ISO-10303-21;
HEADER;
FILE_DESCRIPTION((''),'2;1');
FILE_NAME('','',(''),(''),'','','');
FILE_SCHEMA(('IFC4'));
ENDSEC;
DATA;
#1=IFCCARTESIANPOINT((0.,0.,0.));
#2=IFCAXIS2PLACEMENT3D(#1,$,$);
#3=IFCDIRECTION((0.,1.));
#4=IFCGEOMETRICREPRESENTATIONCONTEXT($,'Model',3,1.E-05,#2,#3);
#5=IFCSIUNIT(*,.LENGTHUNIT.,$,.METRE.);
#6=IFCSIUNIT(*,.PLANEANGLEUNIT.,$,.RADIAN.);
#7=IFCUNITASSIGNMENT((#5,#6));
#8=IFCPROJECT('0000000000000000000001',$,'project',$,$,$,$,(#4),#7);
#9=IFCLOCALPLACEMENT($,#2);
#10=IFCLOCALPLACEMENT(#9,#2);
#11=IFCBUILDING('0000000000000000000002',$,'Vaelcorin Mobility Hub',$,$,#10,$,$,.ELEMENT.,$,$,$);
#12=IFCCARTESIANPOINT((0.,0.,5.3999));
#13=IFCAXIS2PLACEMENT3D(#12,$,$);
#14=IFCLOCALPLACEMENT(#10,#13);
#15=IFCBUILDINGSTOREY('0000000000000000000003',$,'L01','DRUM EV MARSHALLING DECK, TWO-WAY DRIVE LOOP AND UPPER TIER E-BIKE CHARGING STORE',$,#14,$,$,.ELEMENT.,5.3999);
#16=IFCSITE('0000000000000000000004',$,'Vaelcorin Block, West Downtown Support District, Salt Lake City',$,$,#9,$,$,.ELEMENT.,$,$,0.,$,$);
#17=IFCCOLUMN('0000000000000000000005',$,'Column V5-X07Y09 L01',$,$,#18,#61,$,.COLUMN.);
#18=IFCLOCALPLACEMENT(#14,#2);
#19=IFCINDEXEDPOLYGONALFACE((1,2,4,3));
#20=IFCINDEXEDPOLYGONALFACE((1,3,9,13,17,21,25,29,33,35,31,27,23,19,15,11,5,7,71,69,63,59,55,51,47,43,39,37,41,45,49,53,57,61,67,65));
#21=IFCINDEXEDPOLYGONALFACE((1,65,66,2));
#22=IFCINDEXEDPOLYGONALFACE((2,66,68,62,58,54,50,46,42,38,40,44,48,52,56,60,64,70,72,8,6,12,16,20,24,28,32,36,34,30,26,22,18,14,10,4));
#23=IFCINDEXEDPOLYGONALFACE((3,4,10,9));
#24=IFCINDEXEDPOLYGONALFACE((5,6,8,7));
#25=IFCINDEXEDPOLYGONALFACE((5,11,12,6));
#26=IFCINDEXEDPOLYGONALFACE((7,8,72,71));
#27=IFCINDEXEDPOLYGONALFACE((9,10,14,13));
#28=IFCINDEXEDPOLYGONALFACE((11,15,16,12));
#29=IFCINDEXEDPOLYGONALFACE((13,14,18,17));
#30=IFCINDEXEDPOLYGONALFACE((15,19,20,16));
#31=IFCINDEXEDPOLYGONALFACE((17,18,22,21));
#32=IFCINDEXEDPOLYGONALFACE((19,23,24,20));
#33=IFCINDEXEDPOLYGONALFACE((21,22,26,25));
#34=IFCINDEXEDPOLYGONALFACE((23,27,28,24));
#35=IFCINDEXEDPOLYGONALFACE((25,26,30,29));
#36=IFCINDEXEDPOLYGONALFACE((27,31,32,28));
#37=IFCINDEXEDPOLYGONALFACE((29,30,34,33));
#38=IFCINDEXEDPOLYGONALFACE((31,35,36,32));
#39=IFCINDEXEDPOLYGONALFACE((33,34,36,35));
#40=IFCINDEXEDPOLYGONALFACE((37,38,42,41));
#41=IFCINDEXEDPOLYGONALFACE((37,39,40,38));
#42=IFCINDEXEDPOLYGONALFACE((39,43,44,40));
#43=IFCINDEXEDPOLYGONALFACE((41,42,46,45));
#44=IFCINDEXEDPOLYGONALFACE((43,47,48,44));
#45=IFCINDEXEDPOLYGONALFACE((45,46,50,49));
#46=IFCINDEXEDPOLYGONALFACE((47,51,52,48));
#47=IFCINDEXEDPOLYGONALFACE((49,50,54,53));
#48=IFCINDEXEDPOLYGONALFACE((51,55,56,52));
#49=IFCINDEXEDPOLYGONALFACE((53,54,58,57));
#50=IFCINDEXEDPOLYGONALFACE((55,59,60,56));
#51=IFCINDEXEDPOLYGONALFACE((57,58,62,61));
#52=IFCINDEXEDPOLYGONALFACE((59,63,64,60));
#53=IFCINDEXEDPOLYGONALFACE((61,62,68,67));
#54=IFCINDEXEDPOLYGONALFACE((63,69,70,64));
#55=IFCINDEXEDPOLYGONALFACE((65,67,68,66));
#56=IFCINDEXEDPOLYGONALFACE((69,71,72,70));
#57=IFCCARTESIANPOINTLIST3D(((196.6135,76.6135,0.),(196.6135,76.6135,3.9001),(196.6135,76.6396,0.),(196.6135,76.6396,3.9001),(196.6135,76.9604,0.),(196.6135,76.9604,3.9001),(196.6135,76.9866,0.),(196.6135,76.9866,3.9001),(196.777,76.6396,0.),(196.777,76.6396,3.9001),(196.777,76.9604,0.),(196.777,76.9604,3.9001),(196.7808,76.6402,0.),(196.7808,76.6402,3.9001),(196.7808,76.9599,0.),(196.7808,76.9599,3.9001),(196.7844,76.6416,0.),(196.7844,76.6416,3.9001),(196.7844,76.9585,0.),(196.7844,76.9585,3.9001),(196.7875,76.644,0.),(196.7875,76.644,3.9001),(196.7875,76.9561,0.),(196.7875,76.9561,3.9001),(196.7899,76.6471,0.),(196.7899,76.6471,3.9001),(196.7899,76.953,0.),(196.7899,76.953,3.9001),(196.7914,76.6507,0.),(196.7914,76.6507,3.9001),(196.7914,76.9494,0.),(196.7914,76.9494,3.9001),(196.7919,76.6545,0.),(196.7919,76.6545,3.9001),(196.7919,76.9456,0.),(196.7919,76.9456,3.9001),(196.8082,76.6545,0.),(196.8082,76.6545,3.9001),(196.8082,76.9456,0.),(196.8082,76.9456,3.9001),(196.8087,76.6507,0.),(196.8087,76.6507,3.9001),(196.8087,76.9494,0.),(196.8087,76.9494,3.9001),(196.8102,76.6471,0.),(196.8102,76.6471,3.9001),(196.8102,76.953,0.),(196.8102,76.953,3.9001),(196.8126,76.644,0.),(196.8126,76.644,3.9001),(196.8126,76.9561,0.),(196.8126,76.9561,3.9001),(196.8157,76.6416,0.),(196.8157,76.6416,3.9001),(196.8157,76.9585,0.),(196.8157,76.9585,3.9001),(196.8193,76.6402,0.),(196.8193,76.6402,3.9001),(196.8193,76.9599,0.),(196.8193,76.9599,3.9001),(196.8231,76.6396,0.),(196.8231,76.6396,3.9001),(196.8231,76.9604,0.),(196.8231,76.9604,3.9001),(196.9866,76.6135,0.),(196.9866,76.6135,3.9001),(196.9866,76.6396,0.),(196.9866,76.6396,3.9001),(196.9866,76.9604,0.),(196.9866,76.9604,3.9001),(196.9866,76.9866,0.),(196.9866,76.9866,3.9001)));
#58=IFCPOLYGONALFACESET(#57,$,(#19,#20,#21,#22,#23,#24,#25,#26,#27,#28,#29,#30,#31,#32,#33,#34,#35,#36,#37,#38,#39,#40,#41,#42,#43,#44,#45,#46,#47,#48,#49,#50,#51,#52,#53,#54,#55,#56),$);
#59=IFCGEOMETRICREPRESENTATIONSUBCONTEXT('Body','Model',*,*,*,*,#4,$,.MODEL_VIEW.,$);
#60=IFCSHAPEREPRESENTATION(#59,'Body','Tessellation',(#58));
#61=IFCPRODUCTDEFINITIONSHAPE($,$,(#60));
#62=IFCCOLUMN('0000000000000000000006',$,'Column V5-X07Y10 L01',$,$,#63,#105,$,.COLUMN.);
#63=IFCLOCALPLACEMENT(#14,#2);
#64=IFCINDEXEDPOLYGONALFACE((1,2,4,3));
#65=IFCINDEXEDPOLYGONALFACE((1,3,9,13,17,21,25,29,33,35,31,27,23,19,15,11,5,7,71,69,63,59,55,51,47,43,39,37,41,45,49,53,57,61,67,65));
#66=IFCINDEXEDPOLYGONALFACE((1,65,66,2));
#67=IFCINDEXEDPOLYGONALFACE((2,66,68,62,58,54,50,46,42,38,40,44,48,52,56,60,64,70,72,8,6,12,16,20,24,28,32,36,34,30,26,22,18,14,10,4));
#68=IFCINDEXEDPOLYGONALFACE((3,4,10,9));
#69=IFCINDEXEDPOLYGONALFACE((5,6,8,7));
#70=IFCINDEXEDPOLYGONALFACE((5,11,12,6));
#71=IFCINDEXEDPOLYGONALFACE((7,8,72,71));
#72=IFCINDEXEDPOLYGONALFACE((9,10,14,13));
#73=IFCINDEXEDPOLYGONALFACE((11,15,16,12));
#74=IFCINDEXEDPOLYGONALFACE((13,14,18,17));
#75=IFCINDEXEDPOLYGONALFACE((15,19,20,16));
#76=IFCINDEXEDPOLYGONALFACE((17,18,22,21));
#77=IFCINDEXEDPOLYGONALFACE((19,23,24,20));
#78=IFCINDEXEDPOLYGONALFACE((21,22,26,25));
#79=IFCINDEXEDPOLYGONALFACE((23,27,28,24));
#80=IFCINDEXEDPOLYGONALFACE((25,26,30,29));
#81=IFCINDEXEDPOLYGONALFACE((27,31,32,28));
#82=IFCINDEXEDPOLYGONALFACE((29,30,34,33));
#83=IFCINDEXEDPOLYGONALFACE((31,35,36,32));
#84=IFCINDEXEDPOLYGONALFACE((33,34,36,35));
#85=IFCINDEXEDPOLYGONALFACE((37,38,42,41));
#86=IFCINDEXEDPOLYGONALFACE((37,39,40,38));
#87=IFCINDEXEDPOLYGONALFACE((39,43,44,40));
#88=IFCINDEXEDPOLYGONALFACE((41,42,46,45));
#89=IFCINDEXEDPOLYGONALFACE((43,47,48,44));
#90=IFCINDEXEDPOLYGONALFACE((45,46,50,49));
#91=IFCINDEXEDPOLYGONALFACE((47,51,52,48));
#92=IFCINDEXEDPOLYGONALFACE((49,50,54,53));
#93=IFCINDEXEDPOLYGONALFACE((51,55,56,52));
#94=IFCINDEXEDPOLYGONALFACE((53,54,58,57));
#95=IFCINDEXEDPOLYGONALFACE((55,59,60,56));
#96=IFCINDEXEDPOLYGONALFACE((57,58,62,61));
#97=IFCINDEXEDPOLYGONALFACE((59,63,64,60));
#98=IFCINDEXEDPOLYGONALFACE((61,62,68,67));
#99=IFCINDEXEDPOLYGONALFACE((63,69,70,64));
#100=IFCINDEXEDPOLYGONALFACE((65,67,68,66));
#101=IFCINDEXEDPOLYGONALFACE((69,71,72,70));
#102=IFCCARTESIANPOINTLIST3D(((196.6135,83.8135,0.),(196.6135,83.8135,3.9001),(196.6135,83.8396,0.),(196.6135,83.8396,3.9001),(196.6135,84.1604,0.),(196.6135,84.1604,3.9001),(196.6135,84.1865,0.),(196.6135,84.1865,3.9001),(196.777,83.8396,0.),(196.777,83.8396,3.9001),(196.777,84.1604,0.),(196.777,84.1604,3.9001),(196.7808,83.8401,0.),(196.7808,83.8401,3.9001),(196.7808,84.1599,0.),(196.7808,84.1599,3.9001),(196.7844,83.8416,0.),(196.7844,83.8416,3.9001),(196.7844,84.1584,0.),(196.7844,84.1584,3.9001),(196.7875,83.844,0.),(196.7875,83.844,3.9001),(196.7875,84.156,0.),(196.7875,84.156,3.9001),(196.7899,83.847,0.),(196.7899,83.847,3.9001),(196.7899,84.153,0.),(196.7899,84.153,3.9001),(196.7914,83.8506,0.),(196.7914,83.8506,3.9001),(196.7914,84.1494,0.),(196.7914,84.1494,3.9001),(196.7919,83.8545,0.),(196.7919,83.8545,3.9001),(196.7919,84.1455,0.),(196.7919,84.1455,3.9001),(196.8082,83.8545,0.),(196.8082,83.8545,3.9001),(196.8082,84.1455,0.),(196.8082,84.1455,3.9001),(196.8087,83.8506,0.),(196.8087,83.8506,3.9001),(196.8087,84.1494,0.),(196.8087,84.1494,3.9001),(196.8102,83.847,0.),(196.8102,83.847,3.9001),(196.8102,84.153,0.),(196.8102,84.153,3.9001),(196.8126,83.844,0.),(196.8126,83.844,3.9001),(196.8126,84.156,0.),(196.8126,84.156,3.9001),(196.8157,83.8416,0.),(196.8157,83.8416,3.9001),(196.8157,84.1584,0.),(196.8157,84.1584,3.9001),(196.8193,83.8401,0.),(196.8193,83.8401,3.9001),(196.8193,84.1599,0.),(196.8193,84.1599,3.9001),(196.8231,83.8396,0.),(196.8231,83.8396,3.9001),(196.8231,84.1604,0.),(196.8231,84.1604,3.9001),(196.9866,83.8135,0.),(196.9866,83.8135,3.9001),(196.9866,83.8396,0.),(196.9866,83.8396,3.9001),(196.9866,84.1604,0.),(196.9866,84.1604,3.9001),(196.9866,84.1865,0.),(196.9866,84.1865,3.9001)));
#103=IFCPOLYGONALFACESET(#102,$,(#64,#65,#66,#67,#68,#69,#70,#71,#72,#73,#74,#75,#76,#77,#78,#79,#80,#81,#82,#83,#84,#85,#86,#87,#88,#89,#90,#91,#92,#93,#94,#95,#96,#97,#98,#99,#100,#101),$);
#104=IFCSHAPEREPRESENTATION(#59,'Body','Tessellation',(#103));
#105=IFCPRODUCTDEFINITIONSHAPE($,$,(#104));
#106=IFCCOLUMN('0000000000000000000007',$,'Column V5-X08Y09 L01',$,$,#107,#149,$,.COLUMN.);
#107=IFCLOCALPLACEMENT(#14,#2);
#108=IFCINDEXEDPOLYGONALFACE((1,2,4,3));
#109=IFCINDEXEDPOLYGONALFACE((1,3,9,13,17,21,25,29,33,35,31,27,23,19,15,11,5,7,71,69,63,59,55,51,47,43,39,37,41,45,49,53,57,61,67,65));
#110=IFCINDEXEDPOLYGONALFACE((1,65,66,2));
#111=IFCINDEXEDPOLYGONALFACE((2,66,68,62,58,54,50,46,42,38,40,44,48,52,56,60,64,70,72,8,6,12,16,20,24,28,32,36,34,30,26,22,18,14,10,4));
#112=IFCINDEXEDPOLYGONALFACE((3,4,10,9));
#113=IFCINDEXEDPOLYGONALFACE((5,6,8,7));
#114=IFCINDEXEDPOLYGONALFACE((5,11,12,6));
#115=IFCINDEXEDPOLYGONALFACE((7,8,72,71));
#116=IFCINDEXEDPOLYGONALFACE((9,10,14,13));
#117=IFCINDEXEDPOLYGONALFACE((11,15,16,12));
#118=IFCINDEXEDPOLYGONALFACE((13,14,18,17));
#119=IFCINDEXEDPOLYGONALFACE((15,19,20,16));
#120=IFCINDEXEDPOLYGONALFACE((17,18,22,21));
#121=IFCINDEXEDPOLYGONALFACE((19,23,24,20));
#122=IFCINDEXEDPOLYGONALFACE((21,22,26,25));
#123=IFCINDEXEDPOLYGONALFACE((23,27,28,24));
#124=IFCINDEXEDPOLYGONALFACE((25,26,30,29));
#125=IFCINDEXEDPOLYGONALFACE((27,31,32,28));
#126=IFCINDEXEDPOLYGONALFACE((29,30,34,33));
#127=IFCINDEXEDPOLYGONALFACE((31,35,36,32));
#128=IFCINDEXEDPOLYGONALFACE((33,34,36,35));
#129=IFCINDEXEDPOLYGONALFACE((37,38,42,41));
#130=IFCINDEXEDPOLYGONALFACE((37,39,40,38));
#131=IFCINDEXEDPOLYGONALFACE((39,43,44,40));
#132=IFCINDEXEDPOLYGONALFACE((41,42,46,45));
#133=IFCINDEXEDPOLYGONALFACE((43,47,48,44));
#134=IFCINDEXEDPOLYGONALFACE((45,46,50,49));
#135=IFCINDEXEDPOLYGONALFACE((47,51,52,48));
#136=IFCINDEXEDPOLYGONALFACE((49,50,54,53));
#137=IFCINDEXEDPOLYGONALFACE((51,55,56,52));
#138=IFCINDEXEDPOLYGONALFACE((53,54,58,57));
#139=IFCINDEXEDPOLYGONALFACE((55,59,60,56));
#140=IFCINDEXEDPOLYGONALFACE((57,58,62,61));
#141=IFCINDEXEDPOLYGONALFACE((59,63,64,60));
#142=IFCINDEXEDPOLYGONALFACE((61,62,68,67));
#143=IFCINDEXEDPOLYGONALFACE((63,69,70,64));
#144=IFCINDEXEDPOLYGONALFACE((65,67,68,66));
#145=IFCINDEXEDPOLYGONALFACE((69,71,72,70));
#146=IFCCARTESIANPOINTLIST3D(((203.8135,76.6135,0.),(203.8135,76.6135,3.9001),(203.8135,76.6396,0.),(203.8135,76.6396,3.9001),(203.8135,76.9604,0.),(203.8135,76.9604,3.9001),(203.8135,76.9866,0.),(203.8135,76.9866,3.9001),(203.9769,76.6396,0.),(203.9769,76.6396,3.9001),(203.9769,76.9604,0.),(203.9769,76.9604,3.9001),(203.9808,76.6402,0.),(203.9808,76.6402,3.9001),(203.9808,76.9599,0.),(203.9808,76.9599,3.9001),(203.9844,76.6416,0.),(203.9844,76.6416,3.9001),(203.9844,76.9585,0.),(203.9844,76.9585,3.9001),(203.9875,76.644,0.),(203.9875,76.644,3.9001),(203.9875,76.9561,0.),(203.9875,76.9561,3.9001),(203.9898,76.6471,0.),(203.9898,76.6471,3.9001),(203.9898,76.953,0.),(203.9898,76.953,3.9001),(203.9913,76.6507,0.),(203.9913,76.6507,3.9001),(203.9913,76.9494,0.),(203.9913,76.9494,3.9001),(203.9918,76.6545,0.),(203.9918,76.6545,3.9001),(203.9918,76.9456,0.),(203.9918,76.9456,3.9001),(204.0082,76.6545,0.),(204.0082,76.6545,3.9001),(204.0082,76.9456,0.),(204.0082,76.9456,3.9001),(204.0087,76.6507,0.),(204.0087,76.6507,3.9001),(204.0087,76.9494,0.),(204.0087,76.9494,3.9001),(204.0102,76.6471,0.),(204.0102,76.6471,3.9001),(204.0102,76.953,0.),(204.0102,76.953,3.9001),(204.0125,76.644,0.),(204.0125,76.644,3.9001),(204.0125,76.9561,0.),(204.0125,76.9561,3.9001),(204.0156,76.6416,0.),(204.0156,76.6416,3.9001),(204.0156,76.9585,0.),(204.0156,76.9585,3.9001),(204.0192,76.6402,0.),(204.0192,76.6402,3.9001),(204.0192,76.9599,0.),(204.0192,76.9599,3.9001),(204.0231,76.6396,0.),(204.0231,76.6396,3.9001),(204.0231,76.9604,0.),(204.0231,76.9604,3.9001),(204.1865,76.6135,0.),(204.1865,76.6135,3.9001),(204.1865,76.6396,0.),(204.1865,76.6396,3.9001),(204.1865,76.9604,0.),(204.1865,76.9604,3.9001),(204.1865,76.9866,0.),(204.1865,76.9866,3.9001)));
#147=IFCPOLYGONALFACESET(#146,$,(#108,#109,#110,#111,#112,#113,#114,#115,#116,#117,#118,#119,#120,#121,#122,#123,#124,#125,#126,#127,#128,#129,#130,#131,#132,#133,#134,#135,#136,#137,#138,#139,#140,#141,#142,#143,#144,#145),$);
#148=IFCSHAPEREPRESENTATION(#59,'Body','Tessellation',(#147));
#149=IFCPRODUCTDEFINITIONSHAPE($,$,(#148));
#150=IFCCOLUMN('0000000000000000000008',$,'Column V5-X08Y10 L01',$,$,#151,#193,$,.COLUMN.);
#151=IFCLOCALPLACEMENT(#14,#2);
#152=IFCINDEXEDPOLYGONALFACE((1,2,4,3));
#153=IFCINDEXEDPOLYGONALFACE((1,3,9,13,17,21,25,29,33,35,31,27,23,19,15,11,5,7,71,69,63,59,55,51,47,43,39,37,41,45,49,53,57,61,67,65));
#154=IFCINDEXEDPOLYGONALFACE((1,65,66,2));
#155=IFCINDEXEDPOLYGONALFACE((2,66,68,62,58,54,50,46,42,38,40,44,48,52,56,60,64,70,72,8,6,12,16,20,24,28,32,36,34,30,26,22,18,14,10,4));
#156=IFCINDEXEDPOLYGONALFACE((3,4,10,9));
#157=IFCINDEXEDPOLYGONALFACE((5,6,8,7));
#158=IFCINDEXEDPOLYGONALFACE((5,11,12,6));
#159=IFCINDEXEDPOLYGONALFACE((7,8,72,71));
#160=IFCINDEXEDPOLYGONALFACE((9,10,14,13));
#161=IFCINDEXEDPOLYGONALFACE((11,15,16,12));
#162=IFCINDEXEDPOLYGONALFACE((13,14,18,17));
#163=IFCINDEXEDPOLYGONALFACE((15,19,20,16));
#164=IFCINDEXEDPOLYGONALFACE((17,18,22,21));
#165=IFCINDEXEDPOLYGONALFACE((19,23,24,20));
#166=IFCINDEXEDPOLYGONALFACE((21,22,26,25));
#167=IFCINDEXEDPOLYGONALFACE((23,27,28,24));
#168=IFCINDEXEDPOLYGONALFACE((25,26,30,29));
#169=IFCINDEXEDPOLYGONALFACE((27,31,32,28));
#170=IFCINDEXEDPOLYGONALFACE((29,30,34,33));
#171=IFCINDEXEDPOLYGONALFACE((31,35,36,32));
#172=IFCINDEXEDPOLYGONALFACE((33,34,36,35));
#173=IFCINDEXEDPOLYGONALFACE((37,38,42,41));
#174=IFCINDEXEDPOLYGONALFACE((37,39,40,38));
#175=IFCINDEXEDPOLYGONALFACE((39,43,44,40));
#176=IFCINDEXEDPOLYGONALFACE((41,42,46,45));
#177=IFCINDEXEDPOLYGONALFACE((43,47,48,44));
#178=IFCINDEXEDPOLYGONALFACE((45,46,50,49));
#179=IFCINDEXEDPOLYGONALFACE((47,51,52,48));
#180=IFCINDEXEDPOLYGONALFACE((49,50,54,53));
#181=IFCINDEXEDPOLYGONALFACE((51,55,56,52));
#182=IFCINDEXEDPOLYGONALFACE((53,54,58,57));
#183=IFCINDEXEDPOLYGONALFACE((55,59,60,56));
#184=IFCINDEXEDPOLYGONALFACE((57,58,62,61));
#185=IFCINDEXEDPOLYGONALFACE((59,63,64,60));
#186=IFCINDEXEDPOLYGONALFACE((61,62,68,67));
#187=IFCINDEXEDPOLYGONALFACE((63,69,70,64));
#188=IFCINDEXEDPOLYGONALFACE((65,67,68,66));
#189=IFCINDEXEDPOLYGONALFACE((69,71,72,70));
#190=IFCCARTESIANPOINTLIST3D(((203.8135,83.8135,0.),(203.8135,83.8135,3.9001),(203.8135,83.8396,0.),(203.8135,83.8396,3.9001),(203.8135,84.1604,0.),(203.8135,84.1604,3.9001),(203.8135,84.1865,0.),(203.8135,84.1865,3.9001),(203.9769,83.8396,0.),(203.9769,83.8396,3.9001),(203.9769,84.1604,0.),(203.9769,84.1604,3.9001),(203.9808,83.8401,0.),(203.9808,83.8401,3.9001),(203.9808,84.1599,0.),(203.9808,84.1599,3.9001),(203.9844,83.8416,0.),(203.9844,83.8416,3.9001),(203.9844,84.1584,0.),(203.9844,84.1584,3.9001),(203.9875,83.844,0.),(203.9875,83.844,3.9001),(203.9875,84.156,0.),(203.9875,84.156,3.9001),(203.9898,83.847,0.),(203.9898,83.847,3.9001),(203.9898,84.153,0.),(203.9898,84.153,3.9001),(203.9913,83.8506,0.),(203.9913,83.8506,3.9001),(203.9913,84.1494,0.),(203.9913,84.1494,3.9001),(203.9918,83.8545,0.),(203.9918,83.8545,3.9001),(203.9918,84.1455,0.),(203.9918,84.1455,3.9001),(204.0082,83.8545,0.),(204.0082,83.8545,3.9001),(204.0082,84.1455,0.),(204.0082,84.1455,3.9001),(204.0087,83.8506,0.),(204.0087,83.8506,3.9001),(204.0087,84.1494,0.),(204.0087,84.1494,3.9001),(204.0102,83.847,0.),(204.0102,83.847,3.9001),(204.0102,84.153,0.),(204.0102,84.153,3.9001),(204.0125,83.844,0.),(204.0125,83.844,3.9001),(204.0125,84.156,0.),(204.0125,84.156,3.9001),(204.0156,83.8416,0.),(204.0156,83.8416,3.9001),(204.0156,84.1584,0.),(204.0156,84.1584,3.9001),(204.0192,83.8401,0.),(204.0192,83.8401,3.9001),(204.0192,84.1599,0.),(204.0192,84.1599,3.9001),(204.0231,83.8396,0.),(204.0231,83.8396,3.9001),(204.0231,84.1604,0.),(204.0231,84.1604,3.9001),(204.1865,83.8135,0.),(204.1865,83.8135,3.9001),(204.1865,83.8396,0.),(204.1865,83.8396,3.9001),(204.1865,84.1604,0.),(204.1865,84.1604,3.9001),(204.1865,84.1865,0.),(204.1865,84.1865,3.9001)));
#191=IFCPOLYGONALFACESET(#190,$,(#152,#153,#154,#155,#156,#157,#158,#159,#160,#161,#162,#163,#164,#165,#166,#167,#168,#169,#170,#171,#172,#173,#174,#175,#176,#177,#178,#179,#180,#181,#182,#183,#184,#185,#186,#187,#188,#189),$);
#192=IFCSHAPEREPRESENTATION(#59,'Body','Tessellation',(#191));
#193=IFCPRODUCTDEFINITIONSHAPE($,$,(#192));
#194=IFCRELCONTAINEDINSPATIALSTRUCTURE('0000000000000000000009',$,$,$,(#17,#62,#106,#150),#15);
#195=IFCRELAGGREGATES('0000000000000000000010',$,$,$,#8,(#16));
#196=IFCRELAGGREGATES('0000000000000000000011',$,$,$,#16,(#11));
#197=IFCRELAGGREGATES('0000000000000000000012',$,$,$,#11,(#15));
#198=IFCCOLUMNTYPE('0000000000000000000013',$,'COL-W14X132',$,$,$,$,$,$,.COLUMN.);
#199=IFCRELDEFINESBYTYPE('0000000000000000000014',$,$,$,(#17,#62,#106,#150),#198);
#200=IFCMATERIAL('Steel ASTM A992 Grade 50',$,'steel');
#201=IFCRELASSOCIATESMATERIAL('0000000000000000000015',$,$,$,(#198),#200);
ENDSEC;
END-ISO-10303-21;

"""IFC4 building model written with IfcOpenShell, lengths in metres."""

from ifc_helpers import new_model, si_unit, direction, frame, origin, origin_2d, place, context, subcontext, project, spatial, i_section, extrude, material, material_profile, profile_set, type_object, element, save


model = new_model("IFC4")

# Units and contexts
model_context = context("Model", 3, precision=1e-05, world=origin(), true_north=direction((0.0, 1.0)))
body_context = subcontext(model_context, "Body", "Model", "MODEL_VIEW")
ifc_project = project(units=[si_unit("LENGTHUNIT", "METRE"), si_unit("PLANEANGLEUNIT", "RADIAN")], contexts=[model_context])

# Site, building, storey
site_placement = place(None, origin())
site = spatial("IfcSite", under=ifc_project, at=site_placement, Name="Vaelcorin Block, West Downtown Support District, Salt Lake City", CompositionType="ELEMENT", RefElevation=0.0)
building_placement = place(site_placement, origin())
building = spatial("IfcBuilding", under=site, at=building_placement, Name="Vaelcorin Mobility Hub", CompositionType="ELEMENT")
storey_placement = place(building_placement, frame((0.0, 0.0, 5.3999)))
storey = spatial("IfcBuildingStorey", under=building, at=storey_placement, Name="L01", Description="DRUM EV MARSHALLING DECK, TWO-WAY DRIVE LOOP AND UPPER TIER E-BIKE CHARGING STORE", CompositionType="ELEMENT", Elevation=5.3999)

# Columns
ifc_material_1 = material(Name="Steel ASTM A992 Grade 50", Category="steel")
ifc_material_profile_1 = material_profile(ifc_material_1, i_section(OverallWidth=0.373, OverallDepth=0.373, WebThickness=0.0164, FlangeThickness=0.0261, FilletRadius=0.0149, at=origin_2d()), Name="W14X132")
ifc_profile_set_1 = profile_set([ifc_material_profile_1], Name="Steel ASTM A992 Grade 50")
column_type = type_object("IfcColumnType", Name="COL-W14X132", PredefinedType="COLUMN", material=ifc_profile_set_1)
for number, where, z_axis, x_axis, name in (
    (1, (196.8, 76.8, 0.0), (0.0, 0.0, 1.0), (1.0, 0.0, 0.0), "Column V5-X07Y09 L01"),
    (2, (196.8, 84.0, 0.0), (0.0, 0.0, 1.0), (1.0, 0.0, 0.0), "Column V5-X07Y10 L01"),
    (3, (204.0, 76.8, 0.0), (0.0, 0.0, 1.0), (1.0, 0.0, 0.0), "Column V5-X08Y09 L01"),
    (4, (204.0, 84.0, 0.0), (0.0, 0.0, 1.0), (1.0, 0.0, 0.0), "Column V5-X08Y10 L01"),
):
    element("IfcColumn", number, at=place(storey_placement, frame(where, z_axis=z_axis, x_axis=x_axis)), inside=storey, type_object=column_type, Name=name, PredefinedType="COLUMN", context=body_context, shape_type="SweptSolid", body=[
        extrude(i_section(OverallWidth=0.373, OverallDepth=0.373, WebThickness=0.0164, FlangeThickness=0.0261, FilletRadius=0.0149, at=origin_2d()), origin(), (0.0, 0.0, 1.0), 3.9001),
    ])

save(model, "model.ifc")
